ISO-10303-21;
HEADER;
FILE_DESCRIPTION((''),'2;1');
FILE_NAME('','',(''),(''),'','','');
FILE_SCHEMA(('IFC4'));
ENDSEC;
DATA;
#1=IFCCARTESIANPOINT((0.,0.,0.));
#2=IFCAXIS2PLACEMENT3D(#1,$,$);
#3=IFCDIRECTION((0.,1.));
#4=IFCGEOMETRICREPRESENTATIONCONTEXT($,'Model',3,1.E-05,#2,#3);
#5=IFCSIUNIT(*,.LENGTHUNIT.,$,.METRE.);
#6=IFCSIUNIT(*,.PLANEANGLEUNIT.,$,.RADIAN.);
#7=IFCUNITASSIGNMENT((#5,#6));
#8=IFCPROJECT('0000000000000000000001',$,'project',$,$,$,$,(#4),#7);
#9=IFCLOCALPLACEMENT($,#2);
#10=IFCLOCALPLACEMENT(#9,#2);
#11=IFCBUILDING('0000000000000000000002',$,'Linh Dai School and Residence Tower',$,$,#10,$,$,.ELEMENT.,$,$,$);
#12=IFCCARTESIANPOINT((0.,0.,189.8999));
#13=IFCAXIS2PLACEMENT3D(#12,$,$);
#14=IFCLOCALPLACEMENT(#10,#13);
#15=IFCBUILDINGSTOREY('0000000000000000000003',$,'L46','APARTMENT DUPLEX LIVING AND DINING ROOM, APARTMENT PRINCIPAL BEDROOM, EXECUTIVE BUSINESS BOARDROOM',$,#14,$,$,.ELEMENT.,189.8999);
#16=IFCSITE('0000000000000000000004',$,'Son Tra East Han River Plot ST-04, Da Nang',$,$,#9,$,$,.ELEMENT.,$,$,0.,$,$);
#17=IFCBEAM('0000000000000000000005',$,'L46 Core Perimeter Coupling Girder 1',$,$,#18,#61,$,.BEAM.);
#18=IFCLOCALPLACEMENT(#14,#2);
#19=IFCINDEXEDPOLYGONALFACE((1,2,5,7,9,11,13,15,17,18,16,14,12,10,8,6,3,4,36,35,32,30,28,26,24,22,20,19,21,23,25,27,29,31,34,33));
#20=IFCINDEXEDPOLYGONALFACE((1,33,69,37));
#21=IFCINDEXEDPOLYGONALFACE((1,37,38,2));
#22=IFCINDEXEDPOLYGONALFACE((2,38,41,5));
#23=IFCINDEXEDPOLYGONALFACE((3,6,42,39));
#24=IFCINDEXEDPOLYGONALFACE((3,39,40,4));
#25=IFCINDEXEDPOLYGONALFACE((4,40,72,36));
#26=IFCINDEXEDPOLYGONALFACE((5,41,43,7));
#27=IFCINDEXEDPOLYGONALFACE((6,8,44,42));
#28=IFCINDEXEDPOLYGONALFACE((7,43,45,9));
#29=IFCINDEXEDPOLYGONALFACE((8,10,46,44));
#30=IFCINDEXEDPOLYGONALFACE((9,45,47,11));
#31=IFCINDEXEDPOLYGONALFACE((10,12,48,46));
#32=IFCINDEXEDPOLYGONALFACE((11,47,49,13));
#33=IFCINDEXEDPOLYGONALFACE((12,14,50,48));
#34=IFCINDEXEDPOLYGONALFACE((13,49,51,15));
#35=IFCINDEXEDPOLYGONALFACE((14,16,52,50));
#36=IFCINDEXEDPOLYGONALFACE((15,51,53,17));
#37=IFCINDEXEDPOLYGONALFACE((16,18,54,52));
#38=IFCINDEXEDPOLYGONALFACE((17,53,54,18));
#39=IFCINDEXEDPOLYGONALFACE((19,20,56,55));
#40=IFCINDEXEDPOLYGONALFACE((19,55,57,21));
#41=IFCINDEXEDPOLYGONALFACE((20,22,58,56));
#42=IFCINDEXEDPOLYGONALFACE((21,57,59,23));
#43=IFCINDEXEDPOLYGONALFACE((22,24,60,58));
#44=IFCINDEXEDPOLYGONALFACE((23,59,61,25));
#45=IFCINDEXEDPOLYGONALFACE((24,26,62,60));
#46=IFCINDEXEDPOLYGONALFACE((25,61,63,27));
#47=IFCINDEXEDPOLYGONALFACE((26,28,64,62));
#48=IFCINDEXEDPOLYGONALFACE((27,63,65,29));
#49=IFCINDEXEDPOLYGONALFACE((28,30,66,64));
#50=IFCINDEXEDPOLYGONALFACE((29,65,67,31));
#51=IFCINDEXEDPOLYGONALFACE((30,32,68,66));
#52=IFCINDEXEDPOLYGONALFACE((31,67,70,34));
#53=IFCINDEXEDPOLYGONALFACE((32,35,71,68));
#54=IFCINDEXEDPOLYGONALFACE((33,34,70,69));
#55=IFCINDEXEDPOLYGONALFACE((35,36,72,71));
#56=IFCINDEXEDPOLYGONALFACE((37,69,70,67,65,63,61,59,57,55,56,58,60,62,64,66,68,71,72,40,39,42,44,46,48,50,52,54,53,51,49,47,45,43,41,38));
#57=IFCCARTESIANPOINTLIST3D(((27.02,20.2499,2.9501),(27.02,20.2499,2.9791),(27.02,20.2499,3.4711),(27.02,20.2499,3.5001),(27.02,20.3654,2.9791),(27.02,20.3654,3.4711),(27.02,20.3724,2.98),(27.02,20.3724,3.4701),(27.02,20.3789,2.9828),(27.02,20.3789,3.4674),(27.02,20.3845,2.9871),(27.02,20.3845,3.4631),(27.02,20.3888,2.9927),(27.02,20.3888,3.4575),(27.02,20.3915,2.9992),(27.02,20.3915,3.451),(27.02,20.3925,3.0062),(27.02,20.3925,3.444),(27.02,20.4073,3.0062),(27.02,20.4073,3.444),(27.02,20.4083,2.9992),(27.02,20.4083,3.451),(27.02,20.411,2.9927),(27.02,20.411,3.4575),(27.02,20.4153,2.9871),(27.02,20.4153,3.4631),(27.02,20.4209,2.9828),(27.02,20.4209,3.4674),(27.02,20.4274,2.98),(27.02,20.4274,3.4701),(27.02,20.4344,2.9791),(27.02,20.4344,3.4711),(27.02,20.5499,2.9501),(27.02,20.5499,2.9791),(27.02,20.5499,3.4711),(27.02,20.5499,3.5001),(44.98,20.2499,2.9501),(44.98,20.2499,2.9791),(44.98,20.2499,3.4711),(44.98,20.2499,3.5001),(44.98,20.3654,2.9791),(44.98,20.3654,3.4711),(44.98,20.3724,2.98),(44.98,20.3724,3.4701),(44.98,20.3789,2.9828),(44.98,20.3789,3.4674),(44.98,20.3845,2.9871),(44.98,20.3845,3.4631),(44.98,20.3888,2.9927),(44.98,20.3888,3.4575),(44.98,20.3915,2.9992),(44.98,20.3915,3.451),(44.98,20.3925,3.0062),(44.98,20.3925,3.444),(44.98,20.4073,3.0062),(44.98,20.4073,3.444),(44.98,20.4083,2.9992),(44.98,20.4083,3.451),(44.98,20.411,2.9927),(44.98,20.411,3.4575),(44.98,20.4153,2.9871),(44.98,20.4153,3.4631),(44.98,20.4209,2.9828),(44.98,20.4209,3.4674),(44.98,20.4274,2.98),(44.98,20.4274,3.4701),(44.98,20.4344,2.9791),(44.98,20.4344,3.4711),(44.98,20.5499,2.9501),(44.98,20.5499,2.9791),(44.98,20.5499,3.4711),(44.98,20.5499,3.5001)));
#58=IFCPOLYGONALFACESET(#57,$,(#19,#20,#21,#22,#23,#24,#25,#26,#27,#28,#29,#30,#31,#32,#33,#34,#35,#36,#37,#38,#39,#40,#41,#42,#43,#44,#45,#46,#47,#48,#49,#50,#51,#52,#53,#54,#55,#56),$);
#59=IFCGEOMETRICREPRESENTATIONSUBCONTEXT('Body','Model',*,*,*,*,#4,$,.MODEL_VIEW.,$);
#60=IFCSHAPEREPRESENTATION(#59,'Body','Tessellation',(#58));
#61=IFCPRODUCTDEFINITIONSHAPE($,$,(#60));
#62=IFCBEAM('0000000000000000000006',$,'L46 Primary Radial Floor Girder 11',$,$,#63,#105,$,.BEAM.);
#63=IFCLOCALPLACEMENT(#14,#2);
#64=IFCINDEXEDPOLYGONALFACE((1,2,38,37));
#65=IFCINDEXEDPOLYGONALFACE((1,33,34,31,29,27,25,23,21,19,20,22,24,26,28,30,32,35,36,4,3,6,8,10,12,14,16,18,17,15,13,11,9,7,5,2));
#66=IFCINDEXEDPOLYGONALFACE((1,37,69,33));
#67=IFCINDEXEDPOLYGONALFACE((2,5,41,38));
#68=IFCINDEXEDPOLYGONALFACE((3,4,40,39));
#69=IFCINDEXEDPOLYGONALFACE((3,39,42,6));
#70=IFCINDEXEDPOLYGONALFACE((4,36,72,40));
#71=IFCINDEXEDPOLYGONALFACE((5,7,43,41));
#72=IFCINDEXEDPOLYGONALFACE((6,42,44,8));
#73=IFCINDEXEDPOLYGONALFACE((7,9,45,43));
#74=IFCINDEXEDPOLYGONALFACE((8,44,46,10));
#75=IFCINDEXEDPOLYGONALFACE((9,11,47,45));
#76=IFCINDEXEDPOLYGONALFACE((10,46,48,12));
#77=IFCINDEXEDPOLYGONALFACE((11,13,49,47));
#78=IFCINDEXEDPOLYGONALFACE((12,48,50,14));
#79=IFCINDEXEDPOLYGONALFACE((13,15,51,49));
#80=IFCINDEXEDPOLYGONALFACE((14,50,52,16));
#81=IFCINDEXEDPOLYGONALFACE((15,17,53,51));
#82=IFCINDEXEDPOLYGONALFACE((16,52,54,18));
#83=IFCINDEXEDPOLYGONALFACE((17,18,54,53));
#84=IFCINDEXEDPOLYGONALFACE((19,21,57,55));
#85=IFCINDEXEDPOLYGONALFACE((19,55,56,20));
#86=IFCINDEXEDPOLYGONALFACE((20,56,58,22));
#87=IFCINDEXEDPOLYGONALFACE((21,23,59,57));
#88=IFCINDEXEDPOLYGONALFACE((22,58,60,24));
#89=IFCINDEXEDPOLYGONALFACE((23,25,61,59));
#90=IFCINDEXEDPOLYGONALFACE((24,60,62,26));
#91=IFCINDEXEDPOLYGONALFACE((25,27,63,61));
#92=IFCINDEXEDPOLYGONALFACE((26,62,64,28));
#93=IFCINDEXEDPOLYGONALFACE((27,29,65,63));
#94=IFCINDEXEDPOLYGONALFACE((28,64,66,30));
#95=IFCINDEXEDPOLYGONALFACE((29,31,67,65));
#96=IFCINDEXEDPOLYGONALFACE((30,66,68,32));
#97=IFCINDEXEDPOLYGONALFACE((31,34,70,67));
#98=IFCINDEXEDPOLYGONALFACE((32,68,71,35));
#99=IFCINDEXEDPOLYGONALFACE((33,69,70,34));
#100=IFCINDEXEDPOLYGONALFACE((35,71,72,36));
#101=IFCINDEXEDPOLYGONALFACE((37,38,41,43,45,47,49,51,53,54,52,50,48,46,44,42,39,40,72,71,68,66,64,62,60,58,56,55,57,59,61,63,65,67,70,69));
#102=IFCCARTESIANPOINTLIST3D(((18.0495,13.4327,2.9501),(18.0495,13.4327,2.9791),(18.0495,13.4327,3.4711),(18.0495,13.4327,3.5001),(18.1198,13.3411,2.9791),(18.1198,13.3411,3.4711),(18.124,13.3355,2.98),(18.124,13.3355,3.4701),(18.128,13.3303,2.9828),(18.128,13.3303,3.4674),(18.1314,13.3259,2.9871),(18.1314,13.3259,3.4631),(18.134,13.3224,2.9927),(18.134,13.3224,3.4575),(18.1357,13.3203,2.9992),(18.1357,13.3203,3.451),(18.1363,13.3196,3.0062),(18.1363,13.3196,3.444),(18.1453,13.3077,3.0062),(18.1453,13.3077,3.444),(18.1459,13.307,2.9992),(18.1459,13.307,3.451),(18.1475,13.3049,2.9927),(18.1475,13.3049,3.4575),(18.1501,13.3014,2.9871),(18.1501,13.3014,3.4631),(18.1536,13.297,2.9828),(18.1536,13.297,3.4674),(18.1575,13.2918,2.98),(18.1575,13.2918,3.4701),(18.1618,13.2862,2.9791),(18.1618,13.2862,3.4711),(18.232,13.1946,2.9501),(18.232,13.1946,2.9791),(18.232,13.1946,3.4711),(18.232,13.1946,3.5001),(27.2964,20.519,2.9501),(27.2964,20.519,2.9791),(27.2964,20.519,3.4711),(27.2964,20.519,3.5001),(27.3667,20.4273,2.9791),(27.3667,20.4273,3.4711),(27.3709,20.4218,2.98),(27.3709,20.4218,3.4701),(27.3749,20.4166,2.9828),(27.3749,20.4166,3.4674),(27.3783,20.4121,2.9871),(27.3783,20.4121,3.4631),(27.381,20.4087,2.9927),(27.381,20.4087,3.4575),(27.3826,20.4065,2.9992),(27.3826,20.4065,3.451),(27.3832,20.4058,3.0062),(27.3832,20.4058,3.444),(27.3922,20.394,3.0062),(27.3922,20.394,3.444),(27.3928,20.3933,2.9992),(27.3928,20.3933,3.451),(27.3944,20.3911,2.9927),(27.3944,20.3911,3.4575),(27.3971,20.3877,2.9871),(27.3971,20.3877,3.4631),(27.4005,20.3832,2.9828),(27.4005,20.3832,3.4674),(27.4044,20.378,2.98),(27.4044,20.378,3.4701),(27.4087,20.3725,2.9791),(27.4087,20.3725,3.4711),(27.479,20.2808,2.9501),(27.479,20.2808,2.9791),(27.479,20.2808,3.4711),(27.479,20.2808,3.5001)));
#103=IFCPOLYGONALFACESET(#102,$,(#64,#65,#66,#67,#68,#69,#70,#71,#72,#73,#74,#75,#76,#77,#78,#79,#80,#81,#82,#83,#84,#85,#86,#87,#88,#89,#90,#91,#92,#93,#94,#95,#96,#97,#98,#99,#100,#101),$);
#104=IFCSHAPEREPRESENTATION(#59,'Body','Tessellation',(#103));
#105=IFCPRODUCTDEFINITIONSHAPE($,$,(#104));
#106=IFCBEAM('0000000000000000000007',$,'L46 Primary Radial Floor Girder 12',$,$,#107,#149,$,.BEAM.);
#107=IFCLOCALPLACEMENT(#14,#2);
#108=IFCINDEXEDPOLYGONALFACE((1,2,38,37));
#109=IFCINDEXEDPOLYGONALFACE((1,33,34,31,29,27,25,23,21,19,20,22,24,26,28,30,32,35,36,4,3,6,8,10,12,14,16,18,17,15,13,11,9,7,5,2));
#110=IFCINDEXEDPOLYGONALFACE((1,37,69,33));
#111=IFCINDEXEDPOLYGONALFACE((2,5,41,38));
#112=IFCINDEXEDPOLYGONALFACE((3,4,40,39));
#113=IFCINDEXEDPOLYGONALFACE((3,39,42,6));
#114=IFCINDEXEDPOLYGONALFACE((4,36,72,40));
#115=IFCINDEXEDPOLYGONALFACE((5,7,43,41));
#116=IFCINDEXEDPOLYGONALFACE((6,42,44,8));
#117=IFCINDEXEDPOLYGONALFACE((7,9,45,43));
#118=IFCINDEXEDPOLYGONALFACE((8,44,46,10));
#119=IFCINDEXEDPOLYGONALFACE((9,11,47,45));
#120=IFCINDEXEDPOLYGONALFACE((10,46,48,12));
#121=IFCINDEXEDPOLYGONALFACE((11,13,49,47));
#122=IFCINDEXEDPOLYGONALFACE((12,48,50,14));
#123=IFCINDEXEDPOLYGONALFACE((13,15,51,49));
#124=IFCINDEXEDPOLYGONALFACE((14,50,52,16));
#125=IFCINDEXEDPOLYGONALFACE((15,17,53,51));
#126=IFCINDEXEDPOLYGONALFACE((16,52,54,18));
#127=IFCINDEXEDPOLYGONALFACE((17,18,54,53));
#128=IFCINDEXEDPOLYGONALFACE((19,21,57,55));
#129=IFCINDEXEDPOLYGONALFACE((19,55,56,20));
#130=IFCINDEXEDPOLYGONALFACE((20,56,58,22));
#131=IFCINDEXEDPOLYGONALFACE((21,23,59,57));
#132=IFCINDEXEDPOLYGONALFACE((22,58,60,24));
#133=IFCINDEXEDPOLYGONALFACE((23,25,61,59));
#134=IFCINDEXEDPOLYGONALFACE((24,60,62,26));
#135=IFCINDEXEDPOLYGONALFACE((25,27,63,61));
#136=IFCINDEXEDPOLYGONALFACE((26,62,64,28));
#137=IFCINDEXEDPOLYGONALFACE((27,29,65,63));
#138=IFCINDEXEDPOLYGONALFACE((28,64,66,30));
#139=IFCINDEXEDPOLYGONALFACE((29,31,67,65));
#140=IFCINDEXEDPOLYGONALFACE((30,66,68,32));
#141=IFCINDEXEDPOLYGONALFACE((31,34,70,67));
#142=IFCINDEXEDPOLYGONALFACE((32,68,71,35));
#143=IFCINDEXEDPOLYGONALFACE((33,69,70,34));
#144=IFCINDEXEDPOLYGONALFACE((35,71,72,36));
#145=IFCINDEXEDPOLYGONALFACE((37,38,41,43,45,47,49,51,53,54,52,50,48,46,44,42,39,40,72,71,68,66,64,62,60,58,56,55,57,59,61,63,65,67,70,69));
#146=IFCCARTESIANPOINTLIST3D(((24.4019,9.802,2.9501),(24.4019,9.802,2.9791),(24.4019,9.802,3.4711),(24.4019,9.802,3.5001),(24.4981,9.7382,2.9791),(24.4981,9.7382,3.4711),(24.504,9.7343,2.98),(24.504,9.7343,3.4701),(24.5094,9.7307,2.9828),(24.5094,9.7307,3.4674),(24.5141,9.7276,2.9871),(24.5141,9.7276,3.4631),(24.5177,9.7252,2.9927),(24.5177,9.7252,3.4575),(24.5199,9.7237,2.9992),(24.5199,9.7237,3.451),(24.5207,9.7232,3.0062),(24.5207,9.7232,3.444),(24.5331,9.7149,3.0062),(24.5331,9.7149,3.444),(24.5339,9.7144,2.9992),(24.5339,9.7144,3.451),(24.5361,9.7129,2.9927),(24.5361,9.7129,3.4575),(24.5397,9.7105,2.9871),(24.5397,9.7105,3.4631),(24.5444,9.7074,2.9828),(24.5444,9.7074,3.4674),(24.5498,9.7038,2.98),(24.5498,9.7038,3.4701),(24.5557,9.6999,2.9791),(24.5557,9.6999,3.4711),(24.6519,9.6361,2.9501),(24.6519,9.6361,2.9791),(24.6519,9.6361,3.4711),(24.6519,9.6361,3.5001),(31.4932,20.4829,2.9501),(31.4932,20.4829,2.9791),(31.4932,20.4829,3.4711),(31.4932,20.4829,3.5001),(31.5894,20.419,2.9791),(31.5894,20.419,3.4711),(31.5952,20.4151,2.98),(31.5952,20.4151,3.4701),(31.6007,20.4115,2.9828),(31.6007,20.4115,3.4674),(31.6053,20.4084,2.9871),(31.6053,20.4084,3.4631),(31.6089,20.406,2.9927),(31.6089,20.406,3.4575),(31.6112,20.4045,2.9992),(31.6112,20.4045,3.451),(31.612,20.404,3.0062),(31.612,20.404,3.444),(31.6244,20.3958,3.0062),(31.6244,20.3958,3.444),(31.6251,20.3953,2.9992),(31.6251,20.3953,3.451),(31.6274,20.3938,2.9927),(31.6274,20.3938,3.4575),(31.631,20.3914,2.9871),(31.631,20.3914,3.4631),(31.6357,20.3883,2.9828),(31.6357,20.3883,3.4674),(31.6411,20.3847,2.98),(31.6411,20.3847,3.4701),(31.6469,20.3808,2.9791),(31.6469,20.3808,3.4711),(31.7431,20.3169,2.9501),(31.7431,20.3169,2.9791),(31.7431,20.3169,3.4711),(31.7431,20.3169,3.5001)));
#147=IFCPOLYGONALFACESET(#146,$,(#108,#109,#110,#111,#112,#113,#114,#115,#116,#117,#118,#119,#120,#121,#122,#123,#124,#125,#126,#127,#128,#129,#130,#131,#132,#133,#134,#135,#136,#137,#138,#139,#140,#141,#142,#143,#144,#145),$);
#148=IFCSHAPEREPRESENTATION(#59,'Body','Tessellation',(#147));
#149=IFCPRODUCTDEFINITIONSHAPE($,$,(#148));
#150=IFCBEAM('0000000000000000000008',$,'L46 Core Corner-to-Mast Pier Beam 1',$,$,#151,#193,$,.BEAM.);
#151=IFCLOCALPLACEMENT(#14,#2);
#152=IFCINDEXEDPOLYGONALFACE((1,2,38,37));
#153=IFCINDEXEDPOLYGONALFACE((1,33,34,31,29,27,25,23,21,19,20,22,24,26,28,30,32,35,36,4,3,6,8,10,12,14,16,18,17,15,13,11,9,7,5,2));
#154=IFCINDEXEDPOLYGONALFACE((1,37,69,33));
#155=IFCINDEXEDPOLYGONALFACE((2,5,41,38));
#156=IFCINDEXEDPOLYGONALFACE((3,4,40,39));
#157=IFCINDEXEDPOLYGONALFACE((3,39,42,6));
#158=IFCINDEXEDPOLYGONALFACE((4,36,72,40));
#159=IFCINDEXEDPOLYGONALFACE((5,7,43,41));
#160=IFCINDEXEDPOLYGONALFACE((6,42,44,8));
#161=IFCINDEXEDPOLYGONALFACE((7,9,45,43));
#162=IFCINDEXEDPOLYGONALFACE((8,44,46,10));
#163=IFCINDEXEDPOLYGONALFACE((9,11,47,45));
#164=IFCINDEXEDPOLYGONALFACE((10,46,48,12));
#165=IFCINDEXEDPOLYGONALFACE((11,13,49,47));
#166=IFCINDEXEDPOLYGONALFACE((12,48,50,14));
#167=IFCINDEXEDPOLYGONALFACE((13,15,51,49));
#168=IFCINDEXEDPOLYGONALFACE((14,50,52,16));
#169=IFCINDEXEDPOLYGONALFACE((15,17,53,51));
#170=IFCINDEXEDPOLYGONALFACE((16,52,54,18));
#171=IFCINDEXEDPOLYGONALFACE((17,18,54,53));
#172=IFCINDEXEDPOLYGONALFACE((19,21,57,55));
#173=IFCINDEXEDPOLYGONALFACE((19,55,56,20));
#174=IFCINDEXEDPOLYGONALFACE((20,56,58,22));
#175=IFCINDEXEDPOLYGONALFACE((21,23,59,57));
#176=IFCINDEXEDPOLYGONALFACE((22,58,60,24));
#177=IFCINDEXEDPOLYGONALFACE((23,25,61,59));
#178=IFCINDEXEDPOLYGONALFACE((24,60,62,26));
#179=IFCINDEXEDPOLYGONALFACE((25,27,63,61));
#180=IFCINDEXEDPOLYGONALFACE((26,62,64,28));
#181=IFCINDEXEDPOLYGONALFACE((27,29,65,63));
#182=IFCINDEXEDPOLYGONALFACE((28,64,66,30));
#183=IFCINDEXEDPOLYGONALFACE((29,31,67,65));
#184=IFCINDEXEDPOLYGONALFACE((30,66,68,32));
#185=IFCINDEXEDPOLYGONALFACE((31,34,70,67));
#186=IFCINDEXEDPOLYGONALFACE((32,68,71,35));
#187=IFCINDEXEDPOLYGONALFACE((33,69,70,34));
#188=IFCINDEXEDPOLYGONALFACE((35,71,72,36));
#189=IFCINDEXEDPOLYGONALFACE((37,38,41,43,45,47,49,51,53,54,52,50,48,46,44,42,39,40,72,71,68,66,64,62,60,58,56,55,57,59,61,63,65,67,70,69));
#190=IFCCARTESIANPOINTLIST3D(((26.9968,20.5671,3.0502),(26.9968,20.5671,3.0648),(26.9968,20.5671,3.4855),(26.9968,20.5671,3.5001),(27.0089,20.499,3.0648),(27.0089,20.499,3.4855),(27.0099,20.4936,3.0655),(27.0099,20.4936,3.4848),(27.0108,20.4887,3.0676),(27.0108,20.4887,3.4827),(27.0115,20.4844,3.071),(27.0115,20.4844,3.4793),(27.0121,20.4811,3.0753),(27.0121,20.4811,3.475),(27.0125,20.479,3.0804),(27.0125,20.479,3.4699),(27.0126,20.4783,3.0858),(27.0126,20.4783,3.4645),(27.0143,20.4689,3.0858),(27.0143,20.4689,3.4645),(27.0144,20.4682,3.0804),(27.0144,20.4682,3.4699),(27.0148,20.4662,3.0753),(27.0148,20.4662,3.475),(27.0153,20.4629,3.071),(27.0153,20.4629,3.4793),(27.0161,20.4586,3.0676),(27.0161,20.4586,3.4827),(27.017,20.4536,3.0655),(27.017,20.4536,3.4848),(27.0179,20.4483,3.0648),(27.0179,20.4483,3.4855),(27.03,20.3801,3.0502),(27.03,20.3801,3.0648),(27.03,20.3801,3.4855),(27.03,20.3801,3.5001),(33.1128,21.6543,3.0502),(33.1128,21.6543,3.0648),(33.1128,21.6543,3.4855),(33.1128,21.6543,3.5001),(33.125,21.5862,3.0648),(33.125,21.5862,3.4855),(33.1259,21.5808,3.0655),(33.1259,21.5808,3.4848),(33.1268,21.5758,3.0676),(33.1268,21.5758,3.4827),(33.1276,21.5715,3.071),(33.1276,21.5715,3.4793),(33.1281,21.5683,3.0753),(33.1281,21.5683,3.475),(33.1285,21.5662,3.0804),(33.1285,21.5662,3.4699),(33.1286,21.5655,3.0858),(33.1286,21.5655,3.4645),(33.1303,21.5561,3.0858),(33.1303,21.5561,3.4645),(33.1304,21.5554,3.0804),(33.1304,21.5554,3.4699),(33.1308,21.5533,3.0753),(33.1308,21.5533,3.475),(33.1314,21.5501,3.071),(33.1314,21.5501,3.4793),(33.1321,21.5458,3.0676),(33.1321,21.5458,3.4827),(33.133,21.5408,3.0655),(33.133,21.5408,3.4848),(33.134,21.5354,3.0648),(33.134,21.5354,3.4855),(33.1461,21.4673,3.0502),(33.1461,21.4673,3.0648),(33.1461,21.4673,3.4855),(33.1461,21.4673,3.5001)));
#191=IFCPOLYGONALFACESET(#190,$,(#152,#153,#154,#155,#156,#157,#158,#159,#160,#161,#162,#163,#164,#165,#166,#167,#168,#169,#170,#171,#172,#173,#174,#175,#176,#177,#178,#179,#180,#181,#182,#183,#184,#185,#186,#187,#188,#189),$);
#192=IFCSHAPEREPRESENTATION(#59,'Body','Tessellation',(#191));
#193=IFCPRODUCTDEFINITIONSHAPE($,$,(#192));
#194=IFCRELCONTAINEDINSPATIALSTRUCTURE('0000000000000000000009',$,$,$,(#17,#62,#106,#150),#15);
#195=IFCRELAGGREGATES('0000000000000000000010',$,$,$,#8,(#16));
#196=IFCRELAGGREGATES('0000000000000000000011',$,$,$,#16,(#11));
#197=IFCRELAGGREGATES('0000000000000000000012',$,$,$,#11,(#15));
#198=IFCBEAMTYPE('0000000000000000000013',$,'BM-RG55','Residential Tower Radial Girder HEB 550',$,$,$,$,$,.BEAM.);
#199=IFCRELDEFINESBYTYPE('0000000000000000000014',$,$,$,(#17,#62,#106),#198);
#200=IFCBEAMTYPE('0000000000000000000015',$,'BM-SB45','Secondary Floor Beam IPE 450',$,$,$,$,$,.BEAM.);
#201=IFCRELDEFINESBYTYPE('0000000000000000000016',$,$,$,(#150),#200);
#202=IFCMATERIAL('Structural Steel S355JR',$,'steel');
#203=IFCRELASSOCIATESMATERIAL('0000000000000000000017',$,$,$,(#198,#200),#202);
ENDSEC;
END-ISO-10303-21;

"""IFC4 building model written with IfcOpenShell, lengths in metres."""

from ifc_helpers import new_model, si_unit, direction, frame, origin, origin_2d, place, context, subcontext, project, spatial, i_section, extrude, material, material_profile, profile_set, type_object, element, save


model = new_model("IFC4")

# Units and contexts
model_context = context("Model", 3, precision=1e-05, world=origin(), true_north=direction((0.0, 1.0)))
body_context = subcontext(model_context, "Body", "Model", "MODEL_VIEW")
ifc_project = project(units=[si_unit("LENGTHUNIT", "METRE"), si_unit("PLANEANGLEUNIT", "RADIAN")], contexts=[model_context])

# Site, building, storey
site_placement = place(None, origin())
site = spatial("IfcSite", under=ifc_project, at=site_placement, Name="Son Tra East Han River Plot ST-04, Da Nang", CompositionType="ELEMENT", RefElevation=0.0)
building_placement = place(site_placement, origin())
building = spatial("IfcBuilding", under=site, at=building_placement, Name="Linh Dai School and Residence Tower", CompositionType="ELEMENT")
storey_placement = place(building_placement, frame((0.0, 0.0, 189.8999)))
storey = spatial("IfcBuildingStorey", under=building, at=storey_placement, Name="L46", Description="APARTMENT DUPLEX LIVING AND DINING ROOM, APARTMENT PRINCIPAL BEDROOM, EXECUTIVE BUSINESS BOARDROOM", CompositionType="ELEMENT", Elevation=189.8999)

# Shared definitions
ifc_material_1 = material(Name="Structural Steel S355JR", Category="steel")

# Beams
ifc_material_profile_1 = material_profile(ifc_material_1, i_section(OverallWidth=0.3, OverallDepth=0.55, WebThickness=0.0149, FlangeThickness=0.0291, FilletRadius=0.0271, at=origin_2d()), Name="HEB 550")
ifc_profile_set_1 = profile_set([ifc_material_profile_1], Name="Structural Steel S355JR")
beam_type_1 = type_object("IfcBeamType", Name="BM-RG55", Description="Residential Tower Radial Girder HEB 550", PredefinedType="BEAM", material=ifc_profile_set_1)
beam_1_placement = place(storey_placement, frame((27.02, 20.3999, 3.2251), z_axis=(1.0, 0.0, 0.0), x_axis=(0.0, 1.0, 0.0)))
element("IfcBeam", 1, at=beam_1_placement, inside=storey, type_object=beam_type_1, Name="L46 Core Perimeter Coupling Girder 1", PredefinedType="BEAM", context=body_context, shape_type="SweptSolid", body=[
    extrude(i_section(OverallWidth=0.3, OverallDepth=0.55, WebThickness=0.0149, FlangeThickness=0.0291, FilletRadius=0.0271, at=origin_2d()), origin(), (0.0, 0.0, 1.0), 17.96),
])
beam_2_placement = place(storey_placement, frame((27.3877, 20.3999, 3.2251), z_axis=(-0.793733, -0.608267, 0.0), x_axis=(0.608267, -0.793733, 0.0)))
element("IfcBeam", 2, at=beam_2_placement, inside=storey, type_object=beam_type_1, Name="L46 Primary Radial Floor Girder 11", PredefinedType="BEAM", context=body_context, shape_type="SweptSolid", body=[
    extrude(i_section(OverallWidth=0.3, OverallDepth=0.55, WebThickness=0.0149, FlangeThickness=0.0291, FilletRadius=0.0271, at=origin_2d()), origin(), (0.0, 0.0, 1.0), 11.6499),
])
beam_3_placement = place(storey_placement, frame((31.6182, 20.3999, 3.2251), z_axis=(-0.553117, -0.833103, 0.0), x_axis=(0.833103, -0.553117, 0.0)))
element("IfcBeam", 3, at=beam_3_placement, inside=storey, type_object=beam_type_1, Name="L46 Primary Radial Floor Girder 12", PredefinedType="BEAM", context=body_context, shape_type="SweptSolid", body=[
    extrude(i_section(OverallWidth=0.3, OverallDepth=0.55, WebThickness=0.0149, FlangeThickness=0.0291, FilletRadius=0.0271, at=origin_2d()), origin(), (0.0, 0.0, 1.0), 12.8206),
])
ifc_material_profile_2 = material_profile(ifc_material_1, i_section(OverallWidth=0.1899, OverallDepth=0.45, WebThickness=0.0095, FlangeThickness=0.0146, FilletRadius=0.021, at=origin_2d()), Name="IPE 450")
ifc_profile_set_2 = profile_set([ifc_material_profile_2], Name="Structural Steel S355JR")
beam_type_2 = type_object("IfcBeamType", Name="BM-SB45", Description="Secondary Floor Beam IPE 450", PredefinedType="BEAM", material=ifc_profile_set_2)
beam_4_placement = place(storey_placement, frame((27.0134, 20.4736, 3.2751), z_axis=(0.984566, 0.175014, 0.0), x_axis=(-0.175014, 0.984566, 0.0)))
element("IfcBeam", 4, at=beam_4_placement, inside=storey, type_object=beam_type_2, Name="L46 Core Corner-to-Mast Pier Beam 1", PredefinedType="BEAM", context=body_context, shape_type="SweptSolid", body=[
    extrude(i_section(OverallWidth=0.1899, OverallDepth=0.45, WebThickness=0.0095, FlangeThickness=0.0146, FilletRadius=0.021, at=origin_2d()), origin(), (0.0, 0.0, 1.0), 6.2119),
])

save(model, "model.ifc")
